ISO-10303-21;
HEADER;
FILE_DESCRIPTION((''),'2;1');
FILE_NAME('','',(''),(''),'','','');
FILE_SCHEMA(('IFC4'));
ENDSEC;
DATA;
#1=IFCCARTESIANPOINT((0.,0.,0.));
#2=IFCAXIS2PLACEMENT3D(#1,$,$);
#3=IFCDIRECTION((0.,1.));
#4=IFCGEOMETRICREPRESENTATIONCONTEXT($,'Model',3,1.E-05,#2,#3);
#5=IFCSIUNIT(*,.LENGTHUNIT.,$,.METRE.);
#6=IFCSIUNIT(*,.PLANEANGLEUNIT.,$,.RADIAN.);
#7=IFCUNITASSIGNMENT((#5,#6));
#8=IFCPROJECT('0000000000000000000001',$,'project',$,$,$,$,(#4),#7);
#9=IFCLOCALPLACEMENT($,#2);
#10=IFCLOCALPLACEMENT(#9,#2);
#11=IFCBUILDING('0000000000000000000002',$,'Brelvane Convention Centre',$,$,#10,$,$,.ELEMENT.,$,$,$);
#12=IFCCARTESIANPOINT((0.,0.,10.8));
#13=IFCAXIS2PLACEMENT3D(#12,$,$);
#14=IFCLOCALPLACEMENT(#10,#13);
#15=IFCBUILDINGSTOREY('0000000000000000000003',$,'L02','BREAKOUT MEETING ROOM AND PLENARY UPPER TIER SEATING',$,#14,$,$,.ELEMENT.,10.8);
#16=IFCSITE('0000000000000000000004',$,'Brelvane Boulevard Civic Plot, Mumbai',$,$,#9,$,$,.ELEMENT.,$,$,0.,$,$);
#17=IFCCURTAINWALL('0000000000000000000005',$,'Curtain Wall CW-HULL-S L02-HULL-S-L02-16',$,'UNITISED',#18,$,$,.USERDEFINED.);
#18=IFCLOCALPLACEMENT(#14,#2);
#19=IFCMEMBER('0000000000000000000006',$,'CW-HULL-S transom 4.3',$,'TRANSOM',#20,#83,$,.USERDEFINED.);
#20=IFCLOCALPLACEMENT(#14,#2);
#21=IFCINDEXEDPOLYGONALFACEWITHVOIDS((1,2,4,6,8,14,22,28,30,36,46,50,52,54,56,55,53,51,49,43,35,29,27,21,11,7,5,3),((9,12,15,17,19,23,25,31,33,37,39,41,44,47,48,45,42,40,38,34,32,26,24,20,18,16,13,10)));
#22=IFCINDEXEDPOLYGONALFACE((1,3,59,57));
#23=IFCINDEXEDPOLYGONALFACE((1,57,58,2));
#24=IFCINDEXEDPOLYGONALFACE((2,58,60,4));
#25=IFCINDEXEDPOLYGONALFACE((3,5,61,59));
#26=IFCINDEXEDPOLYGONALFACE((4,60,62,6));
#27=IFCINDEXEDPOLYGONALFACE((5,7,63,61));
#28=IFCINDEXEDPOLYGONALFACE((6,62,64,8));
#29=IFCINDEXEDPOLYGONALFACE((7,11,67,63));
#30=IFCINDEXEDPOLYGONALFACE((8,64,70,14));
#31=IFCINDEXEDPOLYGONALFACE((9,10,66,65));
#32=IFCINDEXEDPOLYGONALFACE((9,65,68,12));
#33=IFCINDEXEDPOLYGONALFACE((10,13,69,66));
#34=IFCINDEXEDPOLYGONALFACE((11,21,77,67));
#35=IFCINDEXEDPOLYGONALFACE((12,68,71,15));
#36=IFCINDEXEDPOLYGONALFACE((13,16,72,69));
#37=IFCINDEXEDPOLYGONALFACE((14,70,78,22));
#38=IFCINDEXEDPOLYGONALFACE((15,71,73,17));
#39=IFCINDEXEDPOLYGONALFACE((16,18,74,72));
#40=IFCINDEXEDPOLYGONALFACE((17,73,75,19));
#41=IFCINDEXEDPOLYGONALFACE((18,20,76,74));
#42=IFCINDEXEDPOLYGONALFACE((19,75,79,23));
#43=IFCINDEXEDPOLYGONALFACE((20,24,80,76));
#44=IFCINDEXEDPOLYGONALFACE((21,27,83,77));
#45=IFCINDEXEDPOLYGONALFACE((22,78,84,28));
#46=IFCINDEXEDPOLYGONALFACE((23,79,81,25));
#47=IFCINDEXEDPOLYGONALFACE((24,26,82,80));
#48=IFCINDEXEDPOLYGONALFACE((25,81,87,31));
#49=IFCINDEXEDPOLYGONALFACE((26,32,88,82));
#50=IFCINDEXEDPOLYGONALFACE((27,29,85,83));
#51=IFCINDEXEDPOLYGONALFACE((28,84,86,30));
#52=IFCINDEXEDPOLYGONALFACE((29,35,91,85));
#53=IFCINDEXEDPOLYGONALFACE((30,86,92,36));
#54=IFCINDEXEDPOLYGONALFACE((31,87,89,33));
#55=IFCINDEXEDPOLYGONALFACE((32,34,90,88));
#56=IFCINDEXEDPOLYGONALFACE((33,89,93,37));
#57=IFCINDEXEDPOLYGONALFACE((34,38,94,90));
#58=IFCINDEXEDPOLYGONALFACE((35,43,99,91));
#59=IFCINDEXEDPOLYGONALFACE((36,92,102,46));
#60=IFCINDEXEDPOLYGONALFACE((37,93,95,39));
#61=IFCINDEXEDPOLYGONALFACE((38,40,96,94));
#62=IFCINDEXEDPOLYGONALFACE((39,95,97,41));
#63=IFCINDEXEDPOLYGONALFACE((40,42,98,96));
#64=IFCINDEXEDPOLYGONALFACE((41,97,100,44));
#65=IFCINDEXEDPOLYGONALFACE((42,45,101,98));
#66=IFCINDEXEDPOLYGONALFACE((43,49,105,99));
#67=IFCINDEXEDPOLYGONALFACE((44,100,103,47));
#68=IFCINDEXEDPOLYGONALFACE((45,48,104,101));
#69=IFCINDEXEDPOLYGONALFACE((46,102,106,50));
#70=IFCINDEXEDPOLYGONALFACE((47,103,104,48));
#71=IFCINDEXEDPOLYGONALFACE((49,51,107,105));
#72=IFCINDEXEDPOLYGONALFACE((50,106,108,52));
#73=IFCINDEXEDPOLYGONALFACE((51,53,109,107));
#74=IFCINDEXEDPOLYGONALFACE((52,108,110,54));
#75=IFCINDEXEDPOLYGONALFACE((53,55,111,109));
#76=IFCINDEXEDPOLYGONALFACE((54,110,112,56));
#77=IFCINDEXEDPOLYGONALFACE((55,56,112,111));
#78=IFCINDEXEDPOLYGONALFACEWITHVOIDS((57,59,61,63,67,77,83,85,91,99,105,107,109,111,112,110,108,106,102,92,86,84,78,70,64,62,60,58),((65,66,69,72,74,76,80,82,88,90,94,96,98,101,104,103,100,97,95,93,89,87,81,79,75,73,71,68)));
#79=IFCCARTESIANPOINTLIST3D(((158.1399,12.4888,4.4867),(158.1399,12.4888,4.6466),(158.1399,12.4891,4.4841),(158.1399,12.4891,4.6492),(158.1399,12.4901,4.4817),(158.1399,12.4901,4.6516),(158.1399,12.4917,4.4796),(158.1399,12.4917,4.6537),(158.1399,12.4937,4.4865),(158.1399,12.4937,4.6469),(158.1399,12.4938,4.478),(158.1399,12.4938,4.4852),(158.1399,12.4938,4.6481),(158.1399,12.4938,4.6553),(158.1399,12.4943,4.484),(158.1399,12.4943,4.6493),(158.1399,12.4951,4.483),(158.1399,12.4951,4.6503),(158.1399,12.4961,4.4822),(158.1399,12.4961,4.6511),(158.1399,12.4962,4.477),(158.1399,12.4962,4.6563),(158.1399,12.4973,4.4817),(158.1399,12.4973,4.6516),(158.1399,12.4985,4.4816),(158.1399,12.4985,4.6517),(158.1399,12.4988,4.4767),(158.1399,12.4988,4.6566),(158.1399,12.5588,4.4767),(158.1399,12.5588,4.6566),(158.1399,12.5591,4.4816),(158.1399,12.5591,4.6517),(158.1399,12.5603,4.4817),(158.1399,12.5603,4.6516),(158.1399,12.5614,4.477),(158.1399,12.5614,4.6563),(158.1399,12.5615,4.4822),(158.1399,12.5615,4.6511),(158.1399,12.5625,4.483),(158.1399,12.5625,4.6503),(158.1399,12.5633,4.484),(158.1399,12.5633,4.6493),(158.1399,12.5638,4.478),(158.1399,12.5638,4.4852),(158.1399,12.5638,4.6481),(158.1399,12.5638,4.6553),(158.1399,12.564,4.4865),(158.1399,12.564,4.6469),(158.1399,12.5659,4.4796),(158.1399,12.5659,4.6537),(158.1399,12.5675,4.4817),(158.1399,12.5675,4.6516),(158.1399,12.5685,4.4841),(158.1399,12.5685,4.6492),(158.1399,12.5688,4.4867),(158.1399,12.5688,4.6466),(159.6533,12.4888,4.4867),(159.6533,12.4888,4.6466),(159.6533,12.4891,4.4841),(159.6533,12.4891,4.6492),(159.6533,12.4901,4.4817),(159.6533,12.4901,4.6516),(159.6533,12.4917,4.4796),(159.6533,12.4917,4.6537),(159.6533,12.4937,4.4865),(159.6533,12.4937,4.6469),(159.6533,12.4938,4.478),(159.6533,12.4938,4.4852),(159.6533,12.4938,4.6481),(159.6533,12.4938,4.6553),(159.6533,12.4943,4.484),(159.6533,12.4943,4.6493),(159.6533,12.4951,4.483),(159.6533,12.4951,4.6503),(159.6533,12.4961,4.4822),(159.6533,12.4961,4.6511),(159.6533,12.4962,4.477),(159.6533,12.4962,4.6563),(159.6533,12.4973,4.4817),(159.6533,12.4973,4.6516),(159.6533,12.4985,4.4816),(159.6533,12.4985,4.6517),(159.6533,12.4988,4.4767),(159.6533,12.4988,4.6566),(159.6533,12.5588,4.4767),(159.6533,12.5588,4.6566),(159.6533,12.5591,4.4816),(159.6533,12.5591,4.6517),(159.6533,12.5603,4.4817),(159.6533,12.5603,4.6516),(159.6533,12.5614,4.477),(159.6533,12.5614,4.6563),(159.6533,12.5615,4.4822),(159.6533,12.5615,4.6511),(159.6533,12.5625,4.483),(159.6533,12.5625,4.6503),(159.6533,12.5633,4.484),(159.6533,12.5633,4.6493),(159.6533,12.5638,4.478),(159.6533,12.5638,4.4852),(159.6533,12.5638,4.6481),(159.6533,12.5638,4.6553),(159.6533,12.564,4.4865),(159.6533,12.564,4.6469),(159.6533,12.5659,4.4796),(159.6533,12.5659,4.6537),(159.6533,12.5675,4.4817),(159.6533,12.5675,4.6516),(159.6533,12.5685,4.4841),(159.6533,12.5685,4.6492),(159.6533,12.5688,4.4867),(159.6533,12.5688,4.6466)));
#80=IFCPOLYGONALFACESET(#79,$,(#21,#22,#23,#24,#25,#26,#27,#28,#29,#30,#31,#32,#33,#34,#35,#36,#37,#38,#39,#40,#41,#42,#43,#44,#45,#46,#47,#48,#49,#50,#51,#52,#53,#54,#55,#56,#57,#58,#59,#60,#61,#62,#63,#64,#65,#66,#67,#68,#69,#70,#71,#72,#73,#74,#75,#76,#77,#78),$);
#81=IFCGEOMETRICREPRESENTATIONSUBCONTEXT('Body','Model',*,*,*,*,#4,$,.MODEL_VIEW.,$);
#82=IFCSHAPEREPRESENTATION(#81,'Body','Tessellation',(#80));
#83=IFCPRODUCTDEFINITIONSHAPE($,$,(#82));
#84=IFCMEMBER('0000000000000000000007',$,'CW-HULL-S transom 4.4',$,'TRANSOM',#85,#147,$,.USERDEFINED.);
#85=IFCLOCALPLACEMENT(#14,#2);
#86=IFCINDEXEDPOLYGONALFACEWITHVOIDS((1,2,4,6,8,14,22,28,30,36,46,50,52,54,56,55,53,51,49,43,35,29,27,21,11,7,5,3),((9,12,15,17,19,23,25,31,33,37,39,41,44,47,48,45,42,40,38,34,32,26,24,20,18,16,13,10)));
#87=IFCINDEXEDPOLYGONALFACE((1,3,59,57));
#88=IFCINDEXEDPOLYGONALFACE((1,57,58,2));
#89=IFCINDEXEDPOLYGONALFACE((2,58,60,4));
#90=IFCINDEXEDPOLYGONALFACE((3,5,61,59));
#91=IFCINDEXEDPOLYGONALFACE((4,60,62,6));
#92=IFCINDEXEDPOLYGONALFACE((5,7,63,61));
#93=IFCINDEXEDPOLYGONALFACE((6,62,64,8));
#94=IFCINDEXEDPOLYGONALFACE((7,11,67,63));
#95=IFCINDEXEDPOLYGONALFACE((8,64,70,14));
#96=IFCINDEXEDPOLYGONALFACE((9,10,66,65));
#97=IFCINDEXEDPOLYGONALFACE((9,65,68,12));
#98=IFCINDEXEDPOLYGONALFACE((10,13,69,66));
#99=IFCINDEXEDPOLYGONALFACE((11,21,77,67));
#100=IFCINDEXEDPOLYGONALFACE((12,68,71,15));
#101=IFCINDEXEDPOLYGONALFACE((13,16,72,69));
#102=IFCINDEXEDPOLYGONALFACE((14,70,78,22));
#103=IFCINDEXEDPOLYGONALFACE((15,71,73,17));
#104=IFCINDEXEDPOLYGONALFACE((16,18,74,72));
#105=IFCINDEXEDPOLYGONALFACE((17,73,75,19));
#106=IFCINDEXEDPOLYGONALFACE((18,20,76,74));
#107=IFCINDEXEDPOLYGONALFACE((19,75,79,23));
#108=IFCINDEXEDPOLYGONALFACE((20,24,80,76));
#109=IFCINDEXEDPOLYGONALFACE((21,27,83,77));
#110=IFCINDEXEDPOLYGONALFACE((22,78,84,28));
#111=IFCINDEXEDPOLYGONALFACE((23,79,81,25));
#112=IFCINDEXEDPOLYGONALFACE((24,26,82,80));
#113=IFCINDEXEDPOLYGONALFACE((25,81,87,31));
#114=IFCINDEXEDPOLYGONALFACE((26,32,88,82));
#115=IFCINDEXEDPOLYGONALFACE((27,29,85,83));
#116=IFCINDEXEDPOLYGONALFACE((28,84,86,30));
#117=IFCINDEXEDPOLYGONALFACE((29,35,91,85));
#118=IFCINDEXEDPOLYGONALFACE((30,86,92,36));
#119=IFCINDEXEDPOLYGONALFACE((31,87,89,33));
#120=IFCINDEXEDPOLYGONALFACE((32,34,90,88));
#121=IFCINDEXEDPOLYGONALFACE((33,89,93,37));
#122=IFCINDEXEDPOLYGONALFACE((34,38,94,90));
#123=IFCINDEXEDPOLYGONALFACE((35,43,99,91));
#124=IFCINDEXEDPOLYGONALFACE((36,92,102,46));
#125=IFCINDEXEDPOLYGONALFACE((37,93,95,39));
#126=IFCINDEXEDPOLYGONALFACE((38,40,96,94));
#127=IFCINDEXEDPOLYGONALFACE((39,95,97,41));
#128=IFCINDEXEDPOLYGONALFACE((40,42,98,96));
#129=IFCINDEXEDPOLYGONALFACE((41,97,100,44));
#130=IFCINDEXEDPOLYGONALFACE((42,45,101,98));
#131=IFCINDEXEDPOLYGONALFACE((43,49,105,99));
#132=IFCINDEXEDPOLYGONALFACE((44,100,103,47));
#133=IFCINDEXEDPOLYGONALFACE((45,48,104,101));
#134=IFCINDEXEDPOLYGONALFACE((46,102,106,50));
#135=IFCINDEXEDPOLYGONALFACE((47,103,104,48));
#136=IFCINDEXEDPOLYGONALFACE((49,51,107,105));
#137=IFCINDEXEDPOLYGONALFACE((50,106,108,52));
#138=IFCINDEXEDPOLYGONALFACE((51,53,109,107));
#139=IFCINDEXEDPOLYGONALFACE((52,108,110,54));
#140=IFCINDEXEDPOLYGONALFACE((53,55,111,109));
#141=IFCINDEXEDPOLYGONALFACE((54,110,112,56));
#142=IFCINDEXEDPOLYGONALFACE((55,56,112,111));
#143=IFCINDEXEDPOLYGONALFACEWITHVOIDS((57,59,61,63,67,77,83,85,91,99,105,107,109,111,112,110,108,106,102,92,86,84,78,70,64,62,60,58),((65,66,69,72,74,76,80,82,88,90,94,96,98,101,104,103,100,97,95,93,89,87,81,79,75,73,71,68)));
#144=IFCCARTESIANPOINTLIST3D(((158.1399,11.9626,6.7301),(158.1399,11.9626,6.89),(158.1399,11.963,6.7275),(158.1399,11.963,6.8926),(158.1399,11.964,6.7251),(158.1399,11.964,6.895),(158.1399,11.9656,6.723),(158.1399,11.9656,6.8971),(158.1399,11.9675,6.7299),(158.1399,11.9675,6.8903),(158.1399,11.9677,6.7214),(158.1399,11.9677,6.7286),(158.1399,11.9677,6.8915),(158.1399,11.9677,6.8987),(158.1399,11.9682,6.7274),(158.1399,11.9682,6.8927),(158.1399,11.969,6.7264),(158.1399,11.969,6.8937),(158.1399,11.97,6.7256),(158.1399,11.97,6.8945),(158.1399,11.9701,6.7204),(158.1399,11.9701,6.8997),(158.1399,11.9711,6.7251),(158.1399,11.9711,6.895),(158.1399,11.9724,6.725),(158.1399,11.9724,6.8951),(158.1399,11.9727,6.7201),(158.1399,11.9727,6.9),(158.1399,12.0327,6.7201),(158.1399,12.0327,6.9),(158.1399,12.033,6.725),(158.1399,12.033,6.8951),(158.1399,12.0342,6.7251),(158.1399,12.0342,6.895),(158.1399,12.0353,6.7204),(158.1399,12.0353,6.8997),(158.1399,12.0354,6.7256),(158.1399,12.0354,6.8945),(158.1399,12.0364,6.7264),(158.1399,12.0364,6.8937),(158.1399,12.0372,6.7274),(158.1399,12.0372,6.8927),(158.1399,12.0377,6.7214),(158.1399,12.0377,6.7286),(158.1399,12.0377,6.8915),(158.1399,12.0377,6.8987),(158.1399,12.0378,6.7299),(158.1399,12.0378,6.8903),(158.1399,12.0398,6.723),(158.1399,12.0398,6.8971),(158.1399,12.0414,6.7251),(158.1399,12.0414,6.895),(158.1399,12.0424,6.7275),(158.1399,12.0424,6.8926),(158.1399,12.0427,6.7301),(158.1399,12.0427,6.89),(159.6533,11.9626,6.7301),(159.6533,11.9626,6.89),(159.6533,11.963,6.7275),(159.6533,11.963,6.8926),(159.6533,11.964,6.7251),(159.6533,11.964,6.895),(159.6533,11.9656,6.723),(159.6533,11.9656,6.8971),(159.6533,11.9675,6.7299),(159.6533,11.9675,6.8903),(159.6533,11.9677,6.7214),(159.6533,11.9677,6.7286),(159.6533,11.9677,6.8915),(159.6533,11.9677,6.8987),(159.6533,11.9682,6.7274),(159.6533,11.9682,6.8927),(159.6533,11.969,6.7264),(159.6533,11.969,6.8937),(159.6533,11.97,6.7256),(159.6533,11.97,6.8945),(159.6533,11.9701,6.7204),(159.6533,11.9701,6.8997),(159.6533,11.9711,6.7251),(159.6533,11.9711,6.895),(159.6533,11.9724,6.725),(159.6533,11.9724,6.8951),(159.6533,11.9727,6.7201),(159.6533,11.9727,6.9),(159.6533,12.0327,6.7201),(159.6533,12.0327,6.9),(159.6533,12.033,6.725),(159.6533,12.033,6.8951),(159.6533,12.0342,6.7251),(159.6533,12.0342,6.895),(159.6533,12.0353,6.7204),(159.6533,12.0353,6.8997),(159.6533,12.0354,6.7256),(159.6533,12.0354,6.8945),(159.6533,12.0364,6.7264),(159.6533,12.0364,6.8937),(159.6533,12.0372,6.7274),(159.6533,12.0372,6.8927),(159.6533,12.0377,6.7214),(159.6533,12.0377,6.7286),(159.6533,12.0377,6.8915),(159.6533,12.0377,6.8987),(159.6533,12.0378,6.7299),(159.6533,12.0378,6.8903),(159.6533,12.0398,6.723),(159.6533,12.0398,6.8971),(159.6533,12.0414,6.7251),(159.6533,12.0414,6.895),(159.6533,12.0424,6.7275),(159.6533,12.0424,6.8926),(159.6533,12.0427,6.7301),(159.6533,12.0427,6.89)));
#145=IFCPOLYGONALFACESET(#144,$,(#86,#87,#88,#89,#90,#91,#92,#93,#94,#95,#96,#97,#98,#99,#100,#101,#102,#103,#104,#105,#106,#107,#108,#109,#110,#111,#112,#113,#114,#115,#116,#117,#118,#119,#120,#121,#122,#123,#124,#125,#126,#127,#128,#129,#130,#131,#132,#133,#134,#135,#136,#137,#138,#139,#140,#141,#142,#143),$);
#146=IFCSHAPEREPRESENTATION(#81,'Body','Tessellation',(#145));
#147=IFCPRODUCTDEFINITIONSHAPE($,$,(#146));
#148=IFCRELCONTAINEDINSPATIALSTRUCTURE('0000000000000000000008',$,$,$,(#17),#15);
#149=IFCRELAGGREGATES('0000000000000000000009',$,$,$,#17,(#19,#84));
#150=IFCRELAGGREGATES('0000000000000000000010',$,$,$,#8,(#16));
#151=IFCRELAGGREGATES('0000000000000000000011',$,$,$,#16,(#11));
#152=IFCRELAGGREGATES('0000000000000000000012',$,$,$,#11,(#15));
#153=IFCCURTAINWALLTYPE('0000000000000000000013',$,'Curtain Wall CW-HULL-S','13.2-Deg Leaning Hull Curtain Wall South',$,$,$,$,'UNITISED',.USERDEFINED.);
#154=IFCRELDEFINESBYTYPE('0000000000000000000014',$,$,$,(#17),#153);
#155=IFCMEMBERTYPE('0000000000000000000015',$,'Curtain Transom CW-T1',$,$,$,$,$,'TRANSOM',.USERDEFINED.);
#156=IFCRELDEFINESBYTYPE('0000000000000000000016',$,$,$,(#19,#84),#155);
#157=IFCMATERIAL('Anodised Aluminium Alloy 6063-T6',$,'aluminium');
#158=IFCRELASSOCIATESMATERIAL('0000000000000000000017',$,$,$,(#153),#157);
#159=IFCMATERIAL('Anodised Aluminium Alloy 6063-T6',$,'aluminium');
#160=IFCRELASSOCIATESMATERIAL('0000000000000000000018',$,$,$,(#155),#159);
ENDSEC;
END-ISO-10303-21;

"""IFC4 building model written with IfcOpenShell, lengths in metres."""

from ifc_helpers import new_model, si_unit, direction, frame, origin, origin_2d, place, context, subcontext, project, spatial, hollow_rectangle, extrude, material, material_profile, profile_set, type_object, element, aggregate, save


model = new_model("IFC4")

# Units and contexts
model_context = context("Model", 3, precision=1e-05, world=origin(), true_north=direction((0.0, 1.0)))
body_context = subcontext(model_context, "Body", "Model", "MODEL_VIEW")
ifc_project = project(units=[si_unit("LENGTHUNIT", "METRE"), si_unit("PLANEANGLEUNIT", "RADIAN")], contexts=[model_context])

# Site, building, storey
site_placement = place(None, origin())
site = spatial("IfcSite", under=ifc_project, at=site_placement, Name="Brelvane Boulevard Civic Plot, Mumbai", CompositionType="ELEMENT", RefElevation=0.0)
building_placement = place(site_placement, origin())
building = spatial("IfcBuilding", under=site, at=building_placement, Name="Brelvane Convention Centre", CompositionType="ELEMENT")
storey_placement = place(building_placement, frame((0.0, 0.0, 10.8)))
storey = spatial("IfcBuildingStorey", under=building, at=storey_placement, Name="L02", Description="BREAKOUT MEETING ROOM AND PLENARY UPPER TIER SEATING", CompositionType="ELEMENT", Elevation=10.8)

# Curtain wall, members
ifc_material_1 = material(Name="Anodised Aluminium Alloy 6063-T6", Category="aluminium")
curtain_wall_type = type_object("IfcCurtainWallType", Name="Curtain Wall CW-HULL-S", Description="13.2-Deg Leaning Hull Curtain Wall South", ElementType="UNITISED", PredefinedType="USERDEFINED", material=ifc_material_1)
curtain_wall_placement = place(storey_placement, origin())
curtain_wall = element("IfcCurtainWall", 1, at=curtain_wall_placement, inside=storey, type_object=curtain_wall_type, Name="Curtain Wall CW-HULL-S L02-HULL-S-L02-16", ObjectType="UNITISED", PredefinedType="USERDEFINED")
ifc_material_2 = material(Name="Anodised Aluminium Alloy 6063-T6", Category="aluminium")
ifc_material_profile_1 = material_profile(ifc_material_2, hollow_rectangle(XDim=0.0801, YDim=0.1799, WallThickness=0.0049, InnerFilletRadius=0.0049, OuterFilletRadius=0.01, at=origin_2d()), Name="ALU-T 180x80x5.0")
ifc_profile_set_1 = profile_set([ifc_material_profile_1], Name="Anodised Aluminium Alloy 6063-T6")
member_type_1 = type_object("IfcMemberType", Name="Curtain Transom CW-T1", ElementType="TRANSOM", PredefinedType="USERDEFINED", material=ifc_profile_set_1)
member_1_placement = place(storey_placement, frame((158.1399, 12.5288, 4.5667), z_axis=(1.0, 0.0, 0.0), x_axis=(0.0, 1.0, 0.0)))
member_1 = element("IfcMember", 2, at=member_1_placement, type_object=member_type_1, Name="CW-HULL-S transom 4.3", ObjectType="TRANSOM", PredefinedType="USERDEFINED", context=body_context, shape_type="SweptSolid", body=[
    extrude(hollow_rectangle(XDim=0.0801, YDim=0.1799, WallThickness=0.0049, InnerFilletRadius=0.0049, OuterFilletRadius=0.01, at=origin_2d()), origin(), (0.0, 0.0, 1.0), 1.5134),
])
member_2_placement = place(storey_placement, frame((158.1399, 12.0027, 6.8101), z_axis=(1.0, 0.0, 0.0), x_axis=(0.0, 1.0, 0.0)))
member_2 = element("IfcMember", 3, at=member_2_placement, type_object=member_type_1, Name="CW-HULL-S transom 4.4", ObjectType="TRANSOM", PredefinedType="USERDEFINED", context=body_context, shape_type="SweptSolid", body=[
    extrude(hollow_rectangle(XDim=0.0801, YDim=0.1799, WallThickness=0.0049, InnerFilletRadius=0.0049, OuterFilletRadius=0.01, at=origin_2d()), origin(), (0.0, 0.0, 1.0), 1.5134),
])

aggregate(curtain_wall, [member_1, member_2])

save(model, "model.ifc")
